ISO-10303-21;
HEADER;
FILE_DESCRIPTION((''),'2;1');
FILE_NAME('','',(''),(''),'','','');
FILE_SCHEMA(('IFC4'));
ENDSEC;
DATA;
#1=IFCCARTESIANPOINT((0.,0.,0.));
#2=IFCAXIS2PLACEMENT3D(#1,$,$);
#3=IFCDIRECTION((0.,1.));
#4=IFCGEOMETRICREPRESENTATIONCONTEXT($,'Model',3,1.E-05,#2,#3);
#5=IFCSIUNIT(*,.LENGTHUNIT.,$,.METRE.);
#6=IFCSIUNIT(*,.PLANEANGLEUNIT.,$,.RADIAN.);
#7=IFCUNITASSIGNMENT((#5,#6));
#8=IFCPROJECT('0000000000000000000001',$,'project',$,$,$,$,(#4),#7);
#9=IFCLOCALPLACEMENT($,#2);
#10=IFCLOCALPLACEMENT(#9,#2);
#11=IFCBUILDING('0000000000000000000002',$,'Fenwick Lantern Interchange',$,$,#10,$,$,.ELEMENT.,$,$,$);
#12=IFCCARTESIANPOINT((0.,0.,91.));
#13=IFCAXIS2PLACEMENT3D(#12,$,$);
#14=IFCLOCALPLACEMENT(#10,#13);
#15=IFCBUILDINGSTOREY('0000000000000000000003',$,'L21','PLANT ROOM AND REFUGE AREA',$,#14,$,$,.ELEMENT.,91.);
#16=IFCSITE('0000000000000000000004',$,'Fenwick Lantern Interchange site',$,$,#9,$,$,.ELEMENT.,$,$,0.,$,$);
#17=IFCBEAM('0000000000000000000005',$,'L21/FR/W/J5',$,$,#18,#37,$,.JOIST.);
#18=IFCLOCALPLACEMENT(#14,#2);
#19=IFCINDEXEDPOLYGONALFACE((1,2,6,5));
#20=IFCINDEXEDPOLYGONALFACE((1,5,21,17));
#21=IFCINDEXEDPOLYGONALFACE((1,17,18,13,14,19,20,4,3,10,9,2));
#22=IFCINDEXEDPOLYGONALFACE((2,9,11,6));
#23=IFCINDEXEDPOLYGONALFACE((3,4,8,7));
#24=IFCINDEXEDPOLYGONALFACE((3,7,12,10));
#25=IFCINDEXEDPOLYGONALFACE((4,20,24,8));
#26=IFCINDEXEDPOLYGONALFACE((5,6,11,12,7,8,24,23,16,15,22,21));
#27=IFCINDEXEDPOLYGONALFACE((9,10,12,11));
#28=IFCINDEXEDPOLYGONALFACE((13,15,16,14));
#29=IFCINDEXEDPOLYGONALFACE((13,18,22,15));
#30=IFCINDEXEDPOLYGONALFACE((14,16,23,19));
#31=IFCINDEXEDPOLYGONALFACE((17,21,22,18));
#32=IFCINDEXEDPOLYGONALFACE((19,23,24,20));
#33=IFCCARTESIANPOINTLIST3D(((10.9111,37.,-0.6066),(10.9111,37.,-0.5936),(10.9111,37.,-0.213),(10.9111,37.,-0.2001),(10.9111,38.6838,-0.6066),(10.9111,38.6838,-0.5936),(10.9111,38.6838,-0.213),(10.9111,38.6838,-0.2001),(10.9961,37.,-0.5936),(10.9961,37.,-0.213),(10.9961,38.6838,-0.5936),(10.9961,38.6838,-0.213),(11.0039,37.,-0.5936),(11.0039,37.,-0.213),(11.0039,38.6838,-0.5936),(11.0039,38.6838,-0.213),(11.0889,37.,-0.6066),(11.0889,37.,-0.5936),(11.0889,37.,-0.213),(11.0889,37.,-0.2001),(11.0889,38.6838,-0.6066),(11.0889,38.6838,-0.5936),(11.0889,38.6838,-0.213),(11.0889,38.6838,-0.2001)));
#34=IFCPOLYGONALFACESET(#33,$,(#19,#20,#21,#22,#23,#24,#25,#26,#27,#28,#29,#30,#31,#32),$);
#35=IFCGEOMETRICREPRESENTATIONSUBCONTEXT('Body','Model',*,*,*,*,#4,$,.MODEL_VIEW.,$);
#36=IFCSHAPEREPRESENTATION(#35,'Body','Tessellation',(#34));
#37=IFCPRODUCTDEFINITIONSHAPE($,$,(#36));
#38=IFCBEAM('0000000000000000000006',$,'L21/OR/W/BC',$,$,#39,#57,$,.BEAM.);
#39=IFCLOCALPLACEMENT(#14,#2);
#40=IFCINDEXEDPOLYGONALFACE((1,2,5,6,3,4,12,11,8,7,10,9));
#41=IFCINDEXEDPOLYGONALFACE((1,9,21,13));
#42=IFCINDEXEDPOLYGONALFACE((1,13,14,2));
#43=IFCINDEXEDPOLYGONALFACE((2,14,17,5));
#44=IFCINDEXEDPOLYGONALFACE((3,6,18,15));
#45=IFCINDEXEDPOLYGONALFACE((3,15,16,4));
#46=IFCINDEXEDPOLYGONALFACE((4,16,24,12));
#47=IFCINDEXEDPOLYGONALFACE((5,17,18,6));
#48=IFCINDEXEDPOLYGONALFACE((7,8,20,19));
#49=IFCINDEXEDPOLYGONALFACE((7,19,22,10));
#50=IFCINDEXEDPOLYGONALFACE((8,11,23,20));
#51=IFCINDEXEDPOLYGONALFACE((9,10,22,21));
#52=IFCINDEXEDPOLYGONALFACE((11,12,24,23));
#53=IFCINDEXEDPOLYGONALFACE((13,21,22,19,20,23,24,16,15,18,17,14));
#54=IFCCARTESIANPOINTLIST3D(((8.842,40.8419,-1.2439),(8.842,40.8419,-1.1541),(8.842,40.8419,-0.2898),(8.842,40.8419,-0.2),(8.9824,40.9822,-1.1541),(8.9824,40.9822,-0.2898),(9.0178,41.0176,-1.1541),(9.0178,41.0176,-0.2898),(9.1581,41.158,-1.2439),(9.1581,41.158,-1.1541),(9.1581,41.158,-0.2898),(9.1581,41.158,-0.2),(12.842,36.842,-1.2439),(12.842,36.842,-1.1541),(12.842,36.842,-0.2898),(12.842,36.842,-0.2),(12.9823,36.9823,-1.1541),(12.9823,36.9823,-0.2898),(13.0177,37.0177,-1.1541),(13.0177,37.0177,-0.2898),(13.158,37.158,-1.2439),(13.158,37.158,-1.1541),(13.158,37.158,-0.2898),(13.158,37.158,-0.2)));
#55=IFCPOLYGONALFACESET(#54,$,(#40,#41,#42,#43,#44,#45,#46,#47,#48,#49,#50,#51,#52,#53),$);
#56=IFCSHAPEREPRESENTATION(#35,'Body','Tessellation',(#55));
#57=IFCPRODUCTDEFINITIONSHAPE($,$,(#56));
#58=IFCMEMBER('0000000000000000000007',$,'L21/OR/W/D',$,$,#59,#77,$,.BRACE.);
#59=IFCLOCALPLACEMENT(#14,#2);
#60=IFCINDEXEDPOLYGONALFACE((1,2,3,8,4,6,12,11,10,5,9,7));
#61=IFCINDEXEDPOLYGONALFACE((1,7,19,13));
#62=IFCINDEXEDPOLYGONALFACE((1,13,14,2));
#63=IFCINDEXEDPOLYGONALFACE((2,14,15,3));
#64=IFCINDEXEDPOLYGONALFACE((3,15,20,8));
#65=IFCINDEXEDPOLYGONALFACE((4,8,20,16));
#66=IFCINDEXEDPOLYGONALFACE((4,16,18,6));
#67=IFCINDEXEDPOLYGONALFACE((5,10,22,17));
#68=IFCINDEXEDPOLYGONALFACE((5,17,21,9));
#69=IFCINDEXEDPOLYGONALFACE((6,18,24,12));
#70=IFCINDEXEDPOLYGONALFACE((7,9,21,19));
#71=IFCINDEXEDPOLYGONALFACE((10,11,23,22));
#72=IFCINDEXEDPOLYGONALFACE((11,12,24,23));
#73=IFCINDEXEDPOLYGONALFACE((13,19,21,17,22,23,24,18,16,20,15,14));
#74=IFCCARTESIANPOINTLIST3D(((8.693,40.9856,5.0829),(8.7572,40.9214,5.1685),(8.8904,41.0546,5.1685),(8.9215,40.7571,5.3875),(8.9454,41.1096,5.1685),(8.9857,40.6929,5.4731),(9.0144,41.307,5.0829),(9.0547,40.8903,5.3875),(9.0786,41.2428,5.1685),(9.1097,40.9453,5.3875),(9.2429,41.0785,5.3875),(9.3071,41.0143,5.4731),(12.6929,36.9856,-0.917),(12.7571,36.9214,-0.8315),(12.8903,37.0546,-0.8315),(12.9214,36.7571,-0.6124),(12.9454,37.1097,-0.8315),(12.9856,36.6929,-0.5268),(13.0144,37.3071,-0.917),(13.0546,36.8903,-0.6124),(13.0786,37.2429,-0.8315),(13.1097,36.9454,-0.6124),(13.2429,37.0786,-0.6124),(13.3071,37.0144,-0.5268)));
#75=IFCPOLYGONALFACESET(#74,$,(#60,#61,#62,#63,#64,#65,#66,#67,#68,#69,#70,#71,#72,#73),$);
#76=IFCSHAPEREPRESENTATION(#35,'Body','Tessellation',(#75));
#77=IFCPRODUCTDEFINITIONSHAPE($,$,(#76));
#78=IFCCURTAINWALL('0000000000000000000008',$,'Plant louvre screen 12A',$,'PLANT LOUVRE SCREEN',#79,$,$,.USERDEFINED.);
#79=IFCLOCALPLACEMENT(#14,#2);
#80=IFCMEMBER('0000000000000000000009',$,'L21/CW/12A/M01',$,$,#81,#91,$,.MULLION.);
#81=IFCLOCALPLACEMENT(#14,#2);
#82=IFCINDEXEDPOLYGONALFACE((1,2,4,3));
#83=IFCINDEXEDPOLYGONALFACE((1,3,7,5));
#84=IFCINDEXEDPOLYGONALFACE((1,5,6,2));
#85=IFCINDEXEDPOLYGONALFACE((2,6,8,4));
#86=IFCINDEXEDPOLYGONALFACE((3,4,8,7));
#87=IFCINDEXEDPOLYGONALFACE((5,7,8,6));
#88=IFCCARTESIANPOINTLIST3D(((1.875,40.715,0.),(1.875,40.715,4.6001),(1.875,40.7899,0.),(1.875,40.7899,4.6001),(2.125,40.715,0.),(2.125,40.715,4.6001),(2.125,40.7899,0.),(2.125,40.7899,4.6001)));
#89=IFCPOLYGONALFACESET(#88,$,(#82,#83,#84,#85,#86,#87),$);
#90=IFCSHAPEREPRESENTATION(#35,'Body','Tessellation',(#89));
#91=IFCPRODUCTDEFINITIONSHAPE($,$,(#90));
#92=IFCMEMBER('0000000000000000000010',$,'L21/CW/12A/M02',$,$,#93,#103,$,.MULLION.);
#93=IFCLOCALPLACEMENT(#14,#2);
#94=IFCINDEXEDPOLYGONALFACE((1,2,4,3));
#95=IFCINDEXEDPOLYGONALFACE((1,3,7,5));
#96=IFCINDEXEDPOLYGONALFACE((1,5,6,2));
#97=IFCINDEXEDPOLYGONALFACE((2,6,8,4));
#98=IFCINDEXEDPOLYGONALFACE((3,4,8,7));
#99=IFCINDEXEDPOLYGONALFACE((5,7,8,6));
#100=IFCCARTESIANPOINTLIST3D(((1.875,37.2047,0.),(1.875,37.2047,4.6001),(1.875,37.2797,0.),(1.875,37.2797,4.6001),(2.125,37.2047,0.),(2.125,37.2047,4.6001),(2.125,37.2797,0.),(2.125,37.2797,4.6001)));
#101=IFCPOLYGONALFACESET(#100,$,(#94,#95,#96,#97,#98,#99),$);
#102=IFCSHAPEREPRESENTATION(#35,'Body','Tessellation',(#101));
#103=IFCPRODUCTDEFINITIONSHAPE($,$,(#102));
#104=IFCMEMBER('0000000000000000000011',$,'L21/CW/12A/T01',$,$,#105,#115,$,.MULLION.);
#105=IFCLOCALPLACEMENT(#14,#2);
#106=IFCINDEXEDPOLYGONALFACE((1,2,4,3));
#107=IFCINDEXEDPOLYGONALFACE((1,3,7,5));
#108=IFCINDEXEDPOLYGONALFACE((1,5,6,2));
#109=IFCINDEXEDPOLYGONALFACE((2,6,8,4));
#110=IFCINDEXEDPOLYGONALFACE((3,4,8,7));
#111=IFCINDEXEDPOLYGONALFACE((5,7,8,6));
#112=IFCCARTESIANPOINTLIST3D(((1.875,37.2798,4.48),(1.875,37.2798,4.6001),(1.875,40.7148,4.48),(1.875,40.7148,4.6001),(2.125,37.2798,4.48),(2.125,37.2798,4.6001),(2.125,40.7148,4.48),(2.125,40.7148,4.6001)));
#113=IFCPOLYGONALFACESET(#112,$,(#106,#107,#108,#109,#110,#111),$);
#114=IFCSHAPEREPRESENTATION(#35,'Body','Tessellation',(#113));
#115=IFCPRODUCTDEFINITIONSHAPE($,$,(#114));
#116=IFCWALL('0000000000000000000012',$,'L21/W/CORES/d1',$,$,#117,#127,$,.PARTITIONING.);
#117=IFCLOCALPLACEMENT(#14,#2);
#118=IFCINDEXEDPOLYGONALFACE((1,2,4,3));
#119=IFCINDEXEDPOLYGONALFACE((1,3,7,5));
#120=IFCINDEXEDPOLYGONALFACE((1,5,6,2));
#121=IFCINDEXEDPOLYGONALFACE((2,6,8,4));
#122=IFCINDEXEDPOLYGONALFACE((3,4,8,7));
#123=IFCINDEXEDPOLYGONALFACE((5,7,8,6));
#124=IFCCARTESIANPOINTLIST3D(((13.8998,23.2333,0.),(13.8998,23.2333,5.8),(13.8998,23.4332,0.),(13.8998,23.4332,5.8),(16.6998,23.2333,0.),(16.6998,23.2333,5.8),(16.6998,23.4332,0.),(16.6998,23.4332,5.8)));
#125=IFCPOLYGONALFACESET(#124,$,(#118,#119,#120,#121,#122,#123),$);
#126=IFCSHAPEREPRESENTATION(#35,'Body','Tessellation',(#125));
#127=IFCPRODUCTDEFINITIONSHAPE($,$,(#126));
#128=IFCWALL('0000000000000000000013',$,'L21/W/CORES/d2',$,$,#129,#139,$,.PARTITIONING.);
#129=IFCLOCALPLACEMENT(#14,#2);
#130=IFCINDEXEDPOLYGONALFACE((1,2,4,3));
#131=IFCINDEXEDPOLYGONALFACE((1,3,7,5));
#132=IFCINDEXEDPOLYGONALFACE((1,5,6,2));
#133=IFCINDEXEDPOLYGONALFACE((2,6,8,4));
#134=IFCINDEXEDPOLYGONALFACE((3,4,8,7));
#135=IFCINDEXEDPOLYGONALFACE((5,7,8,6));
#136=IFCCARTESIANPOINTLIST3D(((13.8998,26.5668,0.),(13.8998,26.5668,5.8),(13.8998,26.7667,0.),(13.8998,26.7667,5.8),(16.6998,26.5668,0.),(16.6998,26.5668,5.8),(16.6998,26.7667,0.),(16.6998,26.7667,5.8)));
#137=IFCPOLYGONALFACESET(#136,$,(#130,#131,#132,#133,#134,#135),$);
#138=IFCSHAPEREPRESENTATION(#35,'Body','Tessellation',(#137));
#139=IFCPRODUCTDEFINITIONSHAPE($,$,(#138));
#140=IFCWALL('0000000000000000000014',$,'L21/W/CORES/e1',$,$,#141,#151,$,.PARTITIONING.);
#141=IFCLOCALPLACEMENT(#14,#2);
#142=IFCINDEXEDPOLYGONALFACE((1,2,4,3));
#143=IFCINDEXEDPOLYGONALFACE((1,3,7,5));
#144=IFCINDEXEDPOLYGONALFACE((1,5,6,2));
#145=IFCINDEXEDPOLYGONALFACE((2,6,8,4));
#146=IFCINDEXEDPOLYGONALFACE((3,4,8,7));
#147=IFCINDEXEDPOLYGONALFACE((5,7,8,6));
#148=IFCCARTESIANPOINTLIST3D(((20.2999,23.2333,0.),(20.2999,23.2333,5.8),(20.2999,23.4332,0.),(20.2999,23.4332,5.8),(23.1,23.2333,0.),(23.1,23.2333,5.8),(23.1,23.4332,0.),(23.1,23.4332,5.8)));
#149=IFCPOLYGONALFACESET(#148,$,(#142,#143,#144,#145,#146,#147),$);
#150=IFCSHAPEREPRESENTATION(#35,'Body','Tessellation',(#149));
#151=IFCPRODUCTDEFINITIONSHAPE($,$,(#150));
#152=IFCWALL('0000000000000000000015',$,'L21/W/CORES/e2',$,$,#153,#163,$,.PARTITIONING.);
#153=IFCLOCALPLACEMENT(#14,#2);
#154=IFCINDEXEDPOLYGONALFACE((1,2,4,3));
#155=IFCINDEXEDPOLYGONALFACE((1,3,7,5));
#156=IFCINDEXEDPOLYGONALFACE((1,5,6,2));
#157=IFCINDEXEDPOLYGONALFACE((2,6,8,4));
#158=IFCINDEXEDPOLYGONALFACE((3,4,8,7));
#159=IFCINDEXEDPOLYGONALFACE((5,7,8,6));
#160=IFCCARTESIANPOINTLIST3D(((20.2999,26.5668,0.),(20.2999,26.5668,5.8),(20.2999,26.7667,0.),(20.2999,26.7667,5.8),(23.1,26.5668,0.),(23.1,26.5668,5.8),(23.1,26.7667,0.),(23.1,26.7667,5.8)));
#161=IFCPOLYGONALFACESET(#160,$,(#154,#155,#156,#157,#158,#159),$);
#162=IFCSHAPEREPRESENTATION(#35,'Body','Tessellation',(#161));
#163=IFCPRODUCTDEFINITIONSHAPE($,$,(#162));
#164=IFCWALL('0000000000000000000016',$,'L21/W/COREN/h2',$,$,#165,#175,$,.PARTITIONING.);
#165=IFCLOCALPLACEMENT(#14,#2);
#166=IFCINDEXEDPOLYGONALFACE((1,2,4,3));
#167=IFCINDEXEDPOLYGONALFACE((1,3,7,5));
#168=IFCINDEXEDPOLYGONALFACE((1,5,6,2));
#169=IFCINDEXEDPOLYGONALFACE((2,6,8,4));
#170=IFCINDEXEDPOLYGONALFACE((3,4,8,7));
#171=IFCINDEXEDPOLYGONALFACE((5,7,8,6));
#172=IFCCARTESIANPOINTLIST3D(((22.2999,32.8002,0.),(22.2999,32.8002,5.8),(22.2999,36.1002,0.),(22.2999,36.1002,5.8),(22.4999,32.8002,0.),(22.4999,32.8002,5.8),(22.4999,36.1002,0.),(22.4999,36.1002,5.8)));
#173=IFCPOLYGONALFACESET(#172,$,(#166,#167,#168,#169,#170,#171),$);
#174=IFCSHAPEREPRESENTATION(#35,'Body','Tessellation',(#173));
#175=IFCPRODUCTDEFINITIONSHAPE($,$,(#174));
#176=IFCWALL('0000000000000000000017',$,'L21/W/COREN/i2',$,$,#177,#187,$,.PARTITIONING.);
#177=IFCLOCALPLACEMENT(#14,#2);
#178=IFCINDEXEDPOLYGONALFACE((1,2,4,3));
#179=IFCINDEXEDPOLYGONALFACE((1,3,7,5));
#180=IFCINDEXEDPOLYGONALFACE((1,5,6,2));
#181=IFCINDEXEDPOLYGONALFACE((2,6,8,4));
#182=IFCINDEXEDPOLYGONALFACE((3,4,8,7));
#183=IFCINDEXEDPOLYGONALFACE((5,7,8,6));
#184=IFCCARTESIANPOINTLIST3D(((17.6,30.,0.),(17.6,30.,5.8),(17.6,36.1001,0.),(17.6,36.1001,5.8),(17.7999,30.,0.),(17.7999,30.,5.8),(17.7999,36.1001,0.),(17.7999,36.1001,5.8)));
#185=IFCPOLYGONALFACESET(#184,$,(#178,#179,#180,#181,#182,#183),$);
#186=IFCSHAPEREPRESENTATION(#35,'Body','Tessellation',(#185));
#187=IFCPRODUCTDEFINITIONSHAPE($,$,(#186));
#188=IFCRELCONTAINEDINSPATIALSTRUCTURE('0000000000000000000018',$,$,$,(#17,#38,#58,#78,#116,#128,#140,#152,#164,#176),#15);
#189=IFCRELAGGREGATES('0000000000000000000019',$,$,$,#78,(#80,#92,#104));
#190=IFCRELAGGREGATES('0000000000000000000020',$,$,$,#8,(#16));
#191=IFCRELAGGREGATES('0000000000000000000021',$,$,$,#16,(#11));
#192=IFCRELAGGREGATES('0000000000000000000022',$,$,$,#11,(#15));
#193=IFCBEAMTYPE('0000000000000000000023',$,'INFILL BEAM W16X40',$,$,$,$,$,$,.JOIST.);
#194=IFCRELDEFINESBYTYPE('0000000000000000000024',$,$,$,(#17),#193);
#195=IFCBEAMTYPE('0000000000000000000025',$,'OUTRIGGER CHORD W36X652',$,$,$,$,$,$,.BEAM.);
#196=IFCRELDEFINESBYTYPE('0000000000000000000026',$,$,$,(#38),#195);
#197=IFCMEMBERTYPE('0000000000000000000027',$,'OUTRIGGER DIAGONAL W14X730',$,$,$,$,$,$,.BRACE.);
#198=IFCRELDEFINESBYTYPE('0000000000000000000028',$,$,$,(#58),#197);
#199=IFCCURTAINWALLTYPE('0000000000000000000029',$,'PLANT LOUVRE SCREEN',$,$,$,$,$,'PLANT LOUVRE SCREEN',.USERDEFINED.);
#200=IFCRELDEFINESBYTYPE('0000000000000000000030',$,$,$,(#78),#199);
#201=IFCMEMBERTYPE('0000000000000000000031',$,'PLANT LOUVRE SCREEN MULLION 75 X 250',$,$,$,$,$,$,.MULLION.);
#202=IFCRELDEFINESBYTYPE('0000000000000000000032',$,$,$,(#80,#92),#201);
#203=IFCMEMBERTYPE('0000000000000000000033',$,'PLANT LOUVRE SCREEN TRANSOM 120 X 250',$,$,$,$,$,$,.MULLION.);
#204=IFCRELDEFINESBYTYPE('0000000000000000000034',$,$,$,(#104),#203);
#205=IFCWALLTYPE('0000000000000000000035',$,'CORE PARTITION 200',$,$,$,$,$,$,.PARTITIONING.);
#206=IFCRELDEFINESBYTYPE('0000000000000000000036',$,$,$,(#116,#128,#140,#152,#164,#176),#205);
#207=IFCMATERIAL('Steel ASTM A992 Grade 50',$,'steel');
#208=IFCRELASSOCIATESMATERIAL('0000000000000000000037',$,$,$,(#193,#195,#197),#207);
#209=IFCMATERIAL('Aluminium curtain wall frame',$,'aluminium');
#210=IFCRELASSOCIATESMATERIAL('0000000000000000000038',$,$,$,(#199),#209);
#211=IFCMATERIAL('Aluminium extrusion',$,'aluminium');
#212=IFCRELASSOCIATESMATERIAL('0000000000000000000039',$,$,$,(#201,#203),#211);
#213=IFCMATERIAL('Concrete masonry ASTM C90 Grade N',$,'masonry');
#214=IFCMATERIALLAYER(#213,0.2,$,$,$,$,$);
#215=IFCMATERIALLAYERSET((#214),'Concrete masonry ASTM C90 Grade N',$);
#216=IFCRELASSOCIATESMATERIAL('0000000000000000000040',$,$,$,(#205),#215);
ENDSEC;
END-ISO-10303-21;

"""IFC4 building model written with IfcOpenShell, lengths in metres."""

from ifc_helpers import new_model, si_unit, direction, frame, frame_2d, origin, origin_2d, place, context, subcontext, project, spatial, rectangle, i_section, extrude, material, layer, layer_set, material_profile, profile_set, type_object, element, aggregate, save


model = new_model("IFC4")

# Units and contexts
model_context = context("Model", 3, precision=1e-05, world=origin(), true_north=direction((0.0, 1.0)))
body_context = subcontext(model_context, "Body", "Model", "MODEL_VIEW")
ifc_project = project(units=[si_unit("LENGTHUNIT", "METRE"), si_unit("PLANEANGLEUNIT", "RADIAN")], contexts=[model_context])

# Site, building, storey
site_placement = place(None, origin())
site = spatial("IfcSite", under=ifc_project, at=site_placement, Name="Fenwick Lantern Interchange site", CompositionType="ELEMENT", RefElevation=0.0)
building_placement = place(site_placement, origin())
building = spatial("IfcBuilding", under=site, at=building_placement, Name="Fenwick Lantern Interchange", CompositionType="ELEMENT")
storey_placement = place(building_placement, frame((0.0, 0.0, 91.0)))
storey = spatial("IfcBuildingStorey", under=building, at=storey_placement, Name="L21", Description="PLANT ROOM AND REFUGE AREA", CompositionType="ELEMENT", Elevation=91.0)

# Beams
ifc_material_1 = material(Name="Steel ASTM A992 Grade 50", Category="steel")
ifc_material_profile_1 = material_profile(ifc_material_1, i_section(OverallWidth=0.1777, OverallDepth=0.4065, WebThickness=0.0078, FlangeThickness=0.0129, at=origin_2d()), Name="W16X40")
ifc_profile_set_1 = profile_set([ifc_material_profile_1], Name="Steel ASTM A992 Grade 50")
beam_type_1 = type_object("IfcBeamType", Name="INFILL BEAM W16X40", PredefinedType="JOIST", material=ifc_profile_set_1)
beam_1_placement = place(storey_placement, frame((11.0, 38.6838, -0.4033), z_axis=(0.0, -1.0, 0.0), x_axis=(1.0, 0.0, 0.0)))
element("IfcBeam", 1, at=beam_1_placement, inside=storey, type_object=beam_type_1, Name="L21/FR/W/J5", PredefinedType="JOIST", context=body_context, shape_type="SweptSolid", body=[
    extrude(i_section(OverallWidth=0.1777, OverallDepth=0.4065, WebThickness=0.0078, FlangeThickness=0.0129, at=origin_2d()), origin(), (0.0, 0.0, 1.0), 1.6838),
])
ifc_material_profile_2 = material_profile(ifc_material_1, i_section(OverallWidth=0.447, OverallDepth=1.0439, WebThickness=0.05, FlangeThickness=0.0898, at=origin_2d()), Name="W36X652")
ifc_profile_set_2 = profile_set([ifc_material_profile_2], Name="Steel ASTM A992 Grade 50")
beam_type_2 = type_object("IfcBeamType", Name="OUTRIGGER CHORD W36X652", PredefinedType="BEAM", material=ifc_profile_set_2)
beam_2_placement = place(storey_placement, frame((13.0, 37.0, -0.7219), z_axis=(-0.707107, 0.707107, 0.0), x_axis=(-0.707107, -0.707107, 0.0)))
element("IfcBeam", 2, at=beam_2_placement, inside=storey, type_object=beam_type_2, Name="L21/OR/W/BC", PredefinedType="BEAM", context=body_context, shape_type="SweptSolid", body=[
    extrude(i_section(OverallWidth=0.447, OverallDepth=1.0439, WebThickness=0.05, FlangeThickness=0.0898, at=origin_2d()), origin(), (0.0, 0.0, 1.0), 5.6567),
])

# Member
ifc_material_profile_3 = material_profile(ifc_material_1, i_section(OverallWidth=0.4546, OverallDepth=0.5688, WebThickness=0.0779, FlangeThickness=0.1248, at=origin_2d()), Name="W14X730")
ifc_profile_set_3 = profile_set([ifc_material_profile_3], Name="Steel ASTM A992 Grade 50")
member_type_1 = type_object("IfcMemberType", Name="OUTRIGGER DIAGONAL W14X730", PredefinedType="BRACE", material=ifc_profile_set_3)
member_1_placement = place(storey_placement, frame((13.0, 37.0, -0.7219), z_axis=(-0.485071, 0.485071, 0.727607), x_axis=(-0.707107, -0.707107, 0.0)))
element("IfcMember", 3, at=member_1_placement, inside=storey, type_object=member_type_1, Name="L21/OR/W/D", PredefinedType="BRACE", context=body_context, shape_type="SweptSolid", body=[
    extrude(i_section(OverallWidth=0.4546, OverallDepth=0.5688, WebThickness=0.0779, FlangeThickness=0.1248, at=origin_2d()), origin(), (0.0, 0.0, 1.0), 8.2461),
])

# Curtain wall, members
ifc_material_2 = material(Name="Aluminium curtain wall frame", Category="aluminium")
curtain_wall_type = type_object("IfcCurtainWallType", Name="PLANT LOUVRE SCREEN", ElementType="PLANT LOUVRE SCREEN", PredefinedType="USERDEFINED", material=ifc_material_2)
curtain_wall_placement = place(storey_placement, origin())
curtain_wall = element("IfcCurtainWall", 4, at=curtain_wall_placement, inside=storey, type_object=curtain_wall_type, Name="Plant louvre screen 12A", ObjectType="PLANT LOUVRE SCREEN", PredefinedType="USERDEFINED")
ifc_material_3 = material(Name="Aluminium extrusion", Category="aluminium")
ifc_material_profile_4 = material_profile(ifc_material_3, rectangle(XDim=0.25, YDim=0.075, at=origin_2d()), Name="PLANT LOUVRE SCREEN MULLION 75 X 250")
ifc_profile_set_4 = profile_set([ifc_material_profile_4], Name="Aluminium extrusion")
member_type_2 = type_object("IfcMemberType", Name="PLANT LOUVRE SCREEN MULLION 75 X 250", PredefinedType="MULLION", material=ifc_profile_set_4)
member_2_placement = place(storey_placement, frame((2.0, 40.7524, 0.0), z_axis=(0.0, 0.0, 1.0), x_axis=(1.0, 0.0, 0.0)))
member_2 = element("IfcMember", 5, at=member_2_placement, type_object=member_type_2, Name="L21/CW/12A/M01", PredefinedType="MULLION", context=body_context, shape_type="SweptSolid", body=[
    extrude(rectangle(XDim=0.25, YDim=0.075, at=origin_2d()), origin(), (0.0, 0.0, 1.0), 4.6001),
])
member_3_placement = place(storey_placement, frame((2.0, 37.2422, 0.0), z_axis=(0.0, 0.0, 1.0), x_axis=(1.0, 0.0, 0.0)))
member_3 = element("IfcMember", 6, at=member_3_placement, type_object=member_type_2, Name="L21/CW/12A/M02", PredefinedType="MULLION", context=body_context, shape_type="SweptSolid", body=[
    extrude(rectangle(XDim=0.25, YDim=0.075, at=origin_2d()), origin(), (0.0, 0.0, 1.0), 4.6001),
])
ifc_material_profile_5 = material_profile(ifc_material_3, rectangle(XDim=0.25, YDim=0.1201, at=origin_2d()), Name="PLANT LOUVRE SCREEN TRANSOM 120 X 250")
ifc_profile_set_5 = profile_set([ifc_material_profile_5], Name="Aluminium extrusion")
member_type_3 = type_object("IfcMemberType", Name="PLANT LOUVRE SCREEN TRANSOM 120 X 250", PredefinedType="MULLION", material=ifc_profile_set_5)
member_4_placement = place(storey_placement, frame((2.0, 40.7148, 4.54), z_axis=(0.0, -1.0, 0.0), x_axis=(1.0, 0.0, 0.0)))
member_4 = element("IfcMember", 7, at=member_4_placement, type_object=member_type_3, Name="L21/CW/12A/T01", PredefinedType="MULLION", context=body_context, shape_type="SweptSolid", body=[
    extrude(rectangle(XDim=0.25, YDim=0.1201, at=origin_2d()), origin(), (0.0, 0.0, 1.0), 3.4351),
])

# Walls
ifc_material_4 = material(Name="Concrete masonry ASTM C90 Grade N", Category="masonry")
ifc_layer_1 = layer(ifc_material_4, 0.2)
ifc_layer_set_1 = layer_set([ifc_layer_1], Name="Concrete masonry ASTM C90 Grade N")
wall_type_1 = type_object("IfcWallType", Name="CORE PARTITION 200", PredefinedType="PARTITIONING", material=ifc_layer_set_1)
for number, where, z_axis, x_axis, name in (
    (8, (13.8999, 23.3333, 0.0), (0.0, 0.0, 1.0), (1.0, 0.0, 0.0), "L21/W/CORES/d1"),
    (9, (13.8999, 26.6667, 0.0), (0.0, 0.0, 1.0), (1.0, 0.0, 0.0), "L21/W/CORES/d2"),
    (10, (20.3, 23.3333, 0.0), (0.0, 0.0, 1.0), (1.0, 0.0, 0.0), "L21/W/CORES/e1"),
    (11, (20.3, 26.6667, 0.0), (0.0, 0.0, 1.0), (1.0, 0.0, 0.0), "L21/W/CORES/e2"),
):
    element("IfcWall", number, at=place(storey_placement, frame(where, z_axis=z_axis, x_axis=x_axis)), inside=storey, type_object=wall_type_1, Name=name, PredefinedType="PARTITIONING", context=body_context, shape_type="SweptSolid", body=[
        extrude(rectangle(XDim=2.8, YDim=0.2, at=frame_2d((1.3999, 0.0))), origin(), (0.0, 0.0, 1.0), 5.8),
    ])
wall_1_placement = place(storey_placement, frame((22.3999, 36.1001, 0.0), z_axis=(0.0, 0.0, 1.0), x_axis=(0.0, -1.0, 0.0)))
element("IfcWall", 12, at=wall_1_placement, inside=storey, type_object=wall_type_1, Name="L21/W/COREN/h2", PredefinedType="PARTITIONING", context=body_context, shape_type="SweptSolid", body=[
    extrude(rectangle(XDim=3.3, YDim=0.2, at=frame_2d((1.6499, 0.0))), origin(), (0.0, 0.0, 1.0), 5.8),
])
wall_2_placement = place(storey_placement, frame((17.7, 36.1001, 0.0), z_axis=(0.0, 0.0, 1.0), x_axis=(0.0, -1.0, 0.0)))
element("IfcWall", 13, at=wall_2_placement, inside=storey, type_object=wall_type_1, Name="L21/W/COREN/i2", PredefinedType="PARTITIONING", context=body_context, shape_type="SweptSolid", body=[
    extrude(rectangle(XDim=6.1001, YDim=0.2, at=frame_2d((3.05, 0.0))), origin(), (0.0, 0.0, 1.0), 5.8),
])

aggregate(curtain_wall, [member_2, member_3, member_4])

save(model, "model.ifc")
